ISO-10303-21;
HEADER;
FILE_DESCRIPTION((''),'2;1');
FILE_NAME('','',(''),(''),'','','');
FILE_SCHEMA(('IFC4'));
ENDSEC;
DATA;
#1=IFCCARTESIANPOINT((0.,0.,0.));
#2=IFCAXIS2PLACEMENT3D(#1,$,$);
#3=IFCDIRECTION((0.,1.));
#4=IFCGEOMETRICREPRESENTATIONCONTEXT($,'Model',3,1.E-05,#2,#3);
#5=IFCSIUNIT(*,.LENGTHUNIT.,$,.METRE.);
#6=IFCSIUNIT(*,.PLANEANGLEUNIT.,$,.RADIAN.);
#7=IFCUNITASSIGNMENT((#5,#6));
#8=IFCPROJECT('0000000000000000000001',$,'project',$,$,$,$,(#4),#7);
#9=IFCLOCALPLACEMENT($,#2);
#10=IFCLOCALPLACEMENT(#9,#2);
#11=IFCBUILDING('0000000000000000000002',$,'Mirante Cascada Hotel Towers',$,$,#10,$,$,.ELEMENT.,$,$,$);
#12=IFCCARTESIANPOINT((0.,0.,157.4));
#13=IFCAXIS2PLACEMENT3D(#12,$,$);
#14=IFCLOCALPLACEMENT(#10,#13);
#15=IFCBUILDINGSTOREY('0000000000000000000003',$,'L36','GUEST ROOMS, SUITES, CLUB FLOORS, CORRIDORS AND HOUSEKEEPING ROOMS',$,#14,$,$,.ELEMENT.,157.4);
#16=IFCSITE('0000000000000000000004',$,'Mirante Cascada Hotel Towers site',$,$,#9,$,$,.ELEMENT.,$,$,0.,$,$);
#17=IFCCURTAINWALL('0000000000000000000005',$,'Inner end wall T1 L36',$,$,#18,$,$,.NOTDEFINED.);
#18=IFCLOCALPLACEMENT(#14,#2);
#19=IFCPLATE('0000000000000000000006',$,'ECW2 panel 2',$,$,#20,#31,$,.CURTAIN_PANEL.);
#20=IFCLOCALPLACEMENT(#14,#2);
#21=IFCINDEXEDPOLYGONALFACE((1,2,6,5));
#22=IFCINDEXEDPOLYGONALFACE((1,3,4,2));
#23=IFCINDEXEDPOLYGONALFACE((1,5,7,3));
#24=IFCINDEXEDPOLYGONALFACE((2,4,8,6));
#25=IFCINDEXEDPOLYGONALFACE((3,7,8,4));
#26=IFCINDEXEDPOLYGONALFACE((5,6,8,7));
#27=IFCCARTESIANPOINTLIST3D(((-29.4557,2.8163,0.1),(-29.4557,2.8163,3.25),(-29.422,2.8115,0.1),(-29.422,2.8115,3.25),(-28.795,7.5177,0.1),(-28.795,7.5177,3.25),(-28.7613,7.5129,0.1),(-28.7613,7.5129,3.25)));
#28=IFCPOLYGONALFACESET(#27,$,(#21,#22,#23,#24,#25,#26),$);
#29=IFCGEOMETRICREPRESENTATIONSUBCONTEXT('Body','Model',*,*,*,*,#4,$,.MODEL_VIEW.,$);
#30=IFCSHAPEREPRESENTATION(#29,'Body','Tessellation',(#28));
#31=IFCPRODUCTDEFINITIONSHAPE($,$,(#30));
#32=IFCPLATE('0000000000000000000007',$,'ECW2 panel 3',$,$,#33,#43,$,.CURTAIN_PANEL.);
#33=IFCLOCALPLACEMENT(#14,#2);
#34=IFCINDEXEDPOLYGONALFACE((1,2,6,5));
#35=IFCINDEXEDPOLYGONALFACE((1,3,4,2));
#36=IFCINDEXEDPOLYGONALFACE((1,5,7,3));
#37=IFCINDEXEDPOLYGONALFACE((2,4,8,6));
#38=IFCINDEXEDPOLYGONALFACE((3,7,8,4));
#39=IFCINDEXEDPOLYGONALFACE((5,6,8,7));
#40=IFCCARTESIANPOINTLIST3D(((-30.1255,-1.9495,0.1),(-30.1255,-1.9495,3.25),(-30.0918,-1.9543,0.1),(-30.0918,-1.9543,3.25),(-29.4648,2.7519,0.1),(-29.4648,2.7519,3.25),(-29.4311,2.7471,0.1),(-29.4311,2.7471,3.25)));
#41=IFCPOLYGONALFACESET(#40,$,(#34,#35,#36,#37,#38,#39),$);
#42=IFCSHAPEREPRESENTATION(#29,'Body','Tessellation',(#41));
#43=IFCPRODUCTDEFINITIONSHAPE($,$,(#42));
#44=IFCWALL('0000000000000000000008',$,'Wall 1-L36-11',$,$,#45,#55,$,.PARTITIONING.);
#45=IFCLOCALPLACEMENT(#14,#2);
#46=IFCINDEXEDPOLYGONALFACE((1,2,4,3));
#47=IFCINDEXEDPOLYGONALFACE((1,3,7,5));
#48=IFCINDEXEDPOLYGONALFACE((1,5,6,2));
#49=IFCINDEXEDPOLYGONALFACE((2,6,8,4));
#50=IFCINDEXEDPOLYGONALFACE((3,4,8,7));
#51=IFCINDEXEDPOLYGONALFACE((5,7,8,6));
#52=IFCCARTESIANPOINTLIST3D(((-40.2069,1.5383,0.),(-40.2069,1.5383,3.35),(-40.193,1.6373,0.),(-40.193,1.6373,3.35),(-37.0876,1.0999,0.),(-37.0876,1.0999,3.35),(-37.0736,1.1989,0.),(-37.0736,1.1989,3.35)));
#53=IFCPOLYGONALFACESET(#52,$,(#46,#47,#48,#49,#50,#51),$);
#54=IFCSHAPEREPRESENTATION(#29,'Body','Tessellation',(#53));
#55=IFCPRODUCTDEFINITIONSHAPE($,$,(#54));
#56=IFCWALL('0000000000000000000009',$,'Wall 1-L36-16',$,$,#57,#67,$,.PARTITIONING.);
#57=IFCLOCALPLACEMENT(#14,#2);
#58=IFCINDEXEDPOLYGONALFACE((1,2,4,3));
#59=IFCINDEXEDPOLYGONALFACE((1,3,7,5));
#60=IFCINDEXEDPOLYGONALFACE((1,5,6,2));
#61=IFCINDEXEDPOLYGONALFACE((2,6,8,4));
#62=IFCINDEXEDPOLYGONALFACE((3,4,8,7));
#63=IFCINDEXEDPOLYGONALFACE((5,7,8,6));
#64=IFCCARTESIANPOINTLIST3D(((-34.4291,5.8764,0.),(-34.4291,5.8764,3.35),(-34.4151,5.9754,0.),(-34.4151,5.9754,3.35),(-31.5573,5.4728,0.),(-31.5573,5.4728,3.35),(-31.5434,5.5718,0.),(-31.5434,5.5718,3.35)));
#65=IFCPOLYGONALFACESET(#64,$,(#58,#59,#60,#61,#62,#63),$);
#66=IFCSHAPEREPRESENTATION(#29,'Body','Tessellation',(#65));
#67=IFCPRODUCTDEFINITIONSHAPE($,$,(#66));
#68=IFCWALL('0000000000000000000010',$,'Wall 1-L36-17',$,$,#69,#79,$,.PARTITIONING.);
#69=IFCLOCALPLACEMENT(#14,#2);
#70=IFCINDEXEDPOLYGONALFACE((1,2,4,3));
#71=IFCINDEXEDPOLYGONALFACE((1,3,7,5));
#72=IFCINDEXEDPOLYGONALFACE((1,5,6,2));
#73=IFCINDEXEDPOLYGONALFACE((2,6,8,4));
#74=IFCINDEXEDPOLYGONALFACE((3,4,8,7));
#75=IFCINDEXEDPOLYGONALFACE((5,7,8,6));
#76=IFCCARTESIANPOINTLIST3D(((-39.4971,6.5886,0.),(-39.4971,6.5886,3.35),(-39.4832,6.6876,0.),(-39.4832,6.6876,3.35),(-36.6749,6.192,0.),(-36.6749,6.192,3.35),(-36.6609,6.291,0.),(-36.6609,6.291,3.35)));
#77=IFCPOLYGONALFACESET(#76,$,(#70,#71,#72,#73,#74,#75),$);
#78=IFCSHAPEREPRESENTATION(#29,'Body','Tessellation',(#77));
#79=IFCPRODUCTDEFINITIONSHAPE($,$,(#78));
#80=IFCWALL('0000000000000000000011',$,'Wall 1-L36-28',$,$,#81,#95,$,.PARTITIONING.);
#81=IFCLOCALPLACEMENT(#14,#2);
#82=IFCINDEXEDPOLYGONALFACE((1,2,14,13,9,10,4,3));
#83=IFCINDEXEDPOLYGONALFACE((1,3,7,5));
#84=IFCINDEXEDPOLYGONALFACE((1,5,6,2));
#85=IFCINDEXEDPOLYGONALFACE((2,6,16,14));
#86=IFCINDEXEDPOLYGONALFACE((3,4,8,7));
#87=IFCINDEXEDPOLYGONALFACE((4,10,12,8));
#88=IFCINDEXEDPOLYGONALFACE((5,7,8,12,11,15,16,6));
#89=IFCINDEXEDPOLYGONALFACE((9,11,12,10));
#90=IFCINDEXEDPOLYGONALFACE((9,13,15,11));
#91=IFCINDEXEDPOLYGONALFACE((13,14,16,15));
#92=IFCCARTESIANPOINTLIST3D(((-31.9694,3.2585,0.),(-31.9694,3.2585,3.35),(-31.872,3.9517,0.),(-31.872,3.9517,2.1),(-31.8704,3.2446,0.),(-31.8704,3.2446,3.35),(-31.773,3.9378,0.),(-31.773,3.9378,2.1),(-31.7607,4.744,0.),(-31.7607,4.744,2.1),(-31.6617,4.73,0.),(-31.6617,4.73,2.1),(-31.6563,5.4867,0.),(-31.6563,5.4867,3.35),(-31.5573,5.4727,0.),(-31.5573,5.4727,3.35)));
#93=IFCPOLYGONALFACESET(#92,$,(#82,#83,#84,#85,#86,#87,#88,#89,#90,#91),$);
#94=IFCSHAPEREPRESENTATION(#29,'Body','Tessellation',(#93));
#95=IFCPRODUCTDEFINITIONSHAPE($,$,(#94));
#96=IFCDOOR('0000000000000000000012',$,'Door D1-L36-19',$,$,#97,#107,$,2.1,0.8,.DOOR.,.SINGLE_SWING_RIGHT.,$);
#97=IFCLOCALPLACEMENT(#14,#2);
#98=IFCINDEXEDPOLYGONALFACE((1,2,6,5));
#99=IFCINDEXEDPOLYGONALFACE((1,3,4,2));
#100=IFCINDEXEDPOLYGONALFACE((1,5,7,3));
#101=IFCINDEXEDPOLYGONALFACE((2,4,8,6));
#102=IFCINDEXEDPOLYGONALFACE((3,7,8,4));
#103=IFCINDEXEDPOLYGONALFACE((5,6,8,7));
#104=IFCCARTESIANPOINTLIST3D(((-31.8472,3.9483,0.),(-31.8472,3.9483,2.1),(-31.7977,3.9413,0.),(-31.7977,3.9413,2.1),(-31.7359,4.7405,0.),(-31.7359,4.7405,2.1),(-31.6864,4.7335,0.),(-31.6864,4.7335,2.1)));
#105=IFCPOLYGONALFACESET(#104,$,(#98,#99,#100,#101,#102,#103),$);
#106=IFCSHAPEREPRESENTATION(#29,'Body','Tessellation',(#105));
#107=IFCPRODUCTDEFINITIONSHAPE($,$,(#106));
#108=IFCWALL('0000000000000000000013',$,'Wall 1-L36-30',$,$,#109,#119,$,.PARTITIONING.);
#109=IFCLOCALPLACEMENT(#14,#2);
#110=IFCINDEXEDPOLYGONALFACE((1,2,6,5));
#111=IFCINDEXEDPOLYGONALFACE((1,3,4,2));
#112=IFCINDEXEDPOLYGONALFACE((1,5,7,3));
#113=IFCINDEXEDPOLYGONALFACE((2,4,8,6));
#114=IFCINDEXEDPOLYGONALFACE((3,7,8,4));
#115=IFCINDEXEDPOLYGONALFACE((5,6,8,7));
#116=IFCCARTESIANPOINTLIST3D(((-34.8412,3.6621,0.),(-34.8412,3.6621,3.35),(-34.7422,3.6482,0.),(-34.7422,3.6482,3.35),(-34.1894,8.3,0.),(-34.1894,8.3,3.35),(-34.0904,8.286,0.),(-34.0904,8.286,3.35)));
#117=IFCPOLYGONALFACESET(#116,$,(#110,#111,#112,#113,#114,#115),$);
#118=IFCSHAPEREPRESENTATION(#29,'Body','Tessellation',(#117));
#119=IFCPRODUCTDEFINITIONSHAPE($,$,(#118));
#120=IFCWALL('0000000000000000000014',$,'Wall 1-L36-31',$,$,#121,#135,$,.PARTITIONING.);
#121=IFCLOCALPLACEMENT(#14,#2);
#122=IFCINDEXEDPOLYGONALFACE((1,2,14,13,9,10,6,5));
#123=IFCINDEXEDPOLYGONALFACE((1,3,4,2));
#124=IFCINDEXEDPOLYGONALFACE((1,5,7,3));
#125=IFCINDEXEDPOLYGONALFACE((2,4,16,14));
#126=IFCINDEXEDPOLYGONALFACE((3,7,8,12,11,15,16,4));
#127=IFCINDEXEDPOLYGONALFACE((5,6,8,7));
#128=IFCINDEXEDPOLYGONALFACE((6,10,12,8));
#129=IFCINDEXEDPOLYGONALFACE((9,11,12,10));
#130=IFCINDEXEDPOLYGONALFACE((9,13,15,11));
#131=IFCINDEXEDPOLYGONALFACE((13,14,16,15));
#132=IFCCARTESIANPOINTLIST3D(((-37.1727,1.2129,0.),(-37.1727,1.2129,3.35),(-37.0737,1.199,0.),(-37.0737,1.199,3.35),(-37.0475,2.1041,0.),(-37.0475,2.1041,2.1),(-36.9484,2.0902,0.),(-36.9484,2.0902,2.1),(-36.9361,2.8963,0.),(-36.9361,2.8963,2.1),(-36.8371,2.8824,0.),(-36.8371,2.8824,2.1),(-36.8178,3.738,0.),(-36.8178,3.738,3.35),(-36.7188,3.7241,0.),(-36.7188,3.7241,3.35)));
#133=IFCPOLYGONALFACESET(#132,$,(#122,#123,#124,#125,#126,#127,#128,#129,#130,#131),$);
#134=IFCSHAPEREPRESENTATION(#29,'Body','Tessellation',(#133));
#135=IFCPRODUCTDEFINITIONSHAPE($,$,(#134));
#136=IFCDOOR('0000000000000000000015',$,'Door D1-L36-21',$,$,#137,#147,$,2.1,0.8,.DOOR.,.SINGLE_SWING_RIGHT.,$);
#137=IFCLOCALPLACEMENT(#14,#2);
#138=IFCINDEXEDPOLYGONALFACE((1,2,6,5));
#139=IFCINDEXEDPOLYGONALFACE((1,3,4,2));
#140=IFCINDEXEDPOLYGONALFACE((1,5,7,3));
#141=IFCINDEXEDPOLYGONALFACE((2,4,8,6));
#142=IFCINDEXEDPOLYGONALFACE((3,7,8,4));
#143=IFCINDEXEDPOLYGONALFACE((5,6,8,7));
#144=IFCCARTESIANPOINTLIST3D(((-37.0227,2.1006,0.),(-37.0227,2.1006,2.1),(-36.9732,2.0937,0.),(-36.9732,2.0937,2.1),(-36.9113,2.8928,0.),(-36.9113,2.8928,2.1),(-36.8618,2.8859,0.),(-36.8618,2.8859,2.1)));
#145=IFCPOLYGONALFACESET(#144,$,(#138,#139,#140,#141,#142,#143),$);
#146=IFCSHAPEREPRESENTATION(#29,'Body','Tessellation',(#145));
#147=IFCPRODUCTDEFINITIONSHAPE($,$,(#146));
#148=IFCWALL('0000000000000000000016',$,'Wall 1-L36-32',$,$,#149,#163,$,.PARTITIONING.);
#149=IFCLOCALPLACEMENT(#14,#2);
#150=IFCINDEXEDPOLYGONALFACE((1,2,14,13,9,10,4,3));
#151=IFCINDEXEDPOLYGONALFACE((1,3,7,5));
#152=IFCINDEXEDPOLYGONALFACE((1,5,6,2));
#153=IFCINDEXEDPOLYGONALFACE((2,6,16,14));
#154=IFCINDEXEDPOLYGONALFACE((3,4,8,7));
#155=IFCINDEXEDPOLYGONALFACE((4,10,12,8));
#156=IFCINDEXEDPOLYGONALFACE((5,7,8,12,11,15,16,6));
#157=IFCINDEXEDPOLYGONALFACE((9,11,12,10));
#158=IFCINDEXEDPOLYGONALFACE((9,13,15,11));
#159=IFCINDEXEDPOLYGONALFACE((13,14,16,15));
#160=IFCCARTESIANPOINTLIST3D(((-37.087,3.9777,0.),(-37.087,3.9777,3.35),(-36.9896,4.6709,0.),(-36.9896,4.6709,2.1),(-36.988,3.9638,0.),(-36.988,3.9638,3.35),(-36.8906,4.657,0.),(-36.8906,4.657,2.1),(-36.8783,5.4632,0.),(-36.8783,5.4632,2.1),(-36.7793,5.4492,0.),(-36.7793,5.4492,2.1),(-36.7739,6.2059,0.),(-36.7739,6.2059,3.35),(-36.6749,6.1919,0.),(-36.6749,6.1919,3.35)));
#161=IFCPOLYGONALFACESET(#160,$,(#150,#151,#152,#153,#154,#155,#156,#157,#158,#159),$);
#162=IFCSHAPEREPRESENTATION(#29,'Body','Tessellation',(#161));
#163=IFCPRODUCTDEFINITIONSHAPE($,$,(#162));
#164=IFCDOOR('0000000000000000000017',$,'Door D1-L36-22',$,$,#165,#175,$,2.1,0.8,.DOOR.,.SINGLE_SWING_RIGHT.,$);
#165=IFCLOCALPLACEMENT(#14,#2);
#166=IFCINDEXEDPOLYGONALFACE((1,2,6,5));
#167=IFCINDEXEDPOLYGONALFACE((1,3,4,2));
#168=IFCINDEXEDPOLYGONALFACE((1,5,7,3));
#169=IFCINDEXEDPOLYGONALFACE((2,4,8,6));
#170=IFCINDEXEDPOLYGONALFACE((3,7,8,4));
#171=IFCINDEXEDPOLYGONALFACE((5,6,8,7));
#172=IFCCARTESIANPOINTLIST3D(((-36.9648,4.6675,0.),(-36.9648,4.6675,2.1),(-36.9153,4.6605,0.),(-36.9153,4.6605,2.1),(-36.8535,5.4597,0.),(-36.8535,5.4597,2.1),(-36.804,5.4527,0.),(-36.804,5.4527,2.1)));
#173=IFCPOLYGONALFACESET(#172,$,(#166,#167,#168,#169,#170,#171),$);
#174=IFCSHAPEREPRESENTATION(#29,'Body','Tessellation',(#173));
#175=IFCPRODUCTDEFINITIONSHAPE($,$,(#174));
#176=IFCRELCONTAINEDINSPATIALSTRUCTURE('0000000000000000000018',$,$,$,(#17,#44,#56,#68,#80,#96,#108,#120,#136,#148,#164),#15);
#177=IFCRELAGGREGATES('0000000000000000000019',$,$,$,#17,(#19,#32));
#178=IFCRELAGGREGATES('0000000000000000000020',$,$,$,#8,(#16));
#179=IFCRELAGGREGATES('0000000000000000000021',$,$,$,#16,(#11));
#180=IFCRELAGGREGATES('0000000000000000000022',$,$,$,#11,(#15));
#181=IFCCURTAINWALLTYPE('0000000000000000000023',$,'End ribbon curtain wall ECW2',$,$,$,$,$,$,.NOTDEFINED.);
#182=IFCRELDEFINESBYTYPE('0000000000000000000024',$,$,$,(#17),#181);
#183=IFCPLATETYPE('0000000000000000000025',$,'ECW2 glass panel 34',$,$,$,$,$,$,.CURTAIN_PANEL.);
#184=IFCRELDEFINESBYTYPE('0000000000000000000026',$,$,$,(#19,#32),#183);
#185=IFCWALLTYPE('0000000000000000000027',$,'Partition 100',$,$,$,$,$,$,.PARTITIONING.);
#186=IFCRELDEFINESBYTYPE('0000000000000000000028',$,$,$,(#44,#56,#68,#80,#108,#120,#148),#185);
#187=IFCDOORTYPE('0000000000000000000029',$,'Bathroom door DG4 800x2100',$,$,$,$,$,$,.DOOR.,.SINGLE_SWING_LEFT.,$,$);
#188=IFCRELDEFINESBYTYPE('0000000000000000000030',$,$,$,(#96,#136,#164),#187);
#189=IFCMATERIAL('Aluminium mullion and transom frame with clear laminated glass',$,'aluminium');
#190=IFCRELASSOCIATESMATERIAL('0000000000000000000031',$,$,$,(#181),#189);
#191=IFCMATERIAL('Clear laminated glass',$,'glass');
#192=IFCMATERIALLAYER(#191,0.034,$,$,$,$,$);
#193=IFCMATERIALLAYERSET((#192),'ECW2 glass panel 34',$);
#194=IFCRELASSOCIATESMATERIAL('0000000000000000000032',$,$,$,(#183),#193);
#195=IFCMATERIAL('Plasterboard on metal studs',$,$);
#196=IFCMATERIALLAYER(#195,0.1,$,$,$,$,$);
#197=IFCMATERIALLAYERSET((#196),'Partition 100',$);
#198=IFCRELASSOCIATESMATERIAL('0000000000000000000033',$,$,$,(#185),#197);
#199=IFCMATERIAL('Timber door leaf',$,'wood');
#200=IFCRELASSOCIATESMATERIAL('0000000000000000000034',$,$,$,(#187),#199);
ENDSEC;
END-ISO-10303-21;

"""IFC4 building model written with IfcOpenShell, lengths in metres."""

from ifc_helpers import new_model, si_unit, direction, frame, frame_2d, origin, origin_2d, place, context, subcontext, project, spatial, rectangle, extrude, material, layer, layer_set, type_object, element, fill, aggregate, save


model = new_model("IFC4")

# Units and contexts
model_context = context("Model", 3, precision=1e-05, world=origin(), true_north=direction((0.0, 1.0)))
body_context = subcontext(model_context, "Body", "Model", "MODEL_VIEW")
ifc_project = project(units=[si_unit("LENGTHUNIT", "METRE"), si_unit("PLANEANGLEUNIT", "RADIAN")], contexts=[model_context])

# Site, building, storey
site_placement = place(None, origin())
site = spatial("IfcSite", under=ifc_project, at=site_placement, Name="Mirante Cascada Hotel Towers site", CompositionType="ELEMENT", RefElevation=0.0)
building_placement = place(site_placement, origin())
building = spatial("IfcBuilding", under=site, at=building_placement, Name="Mirante Cascada Hotel Towers", CompositionType="ELEMENT")
storey_placement = place(building_placement, frame((0.0, 0.0, 157.4)))
storey = spatial("IfcBuildingStorey", under=building, at=storey_placement, Name="L36", Description="GUEST ROOMS, SUITES, CLUB FLOORS, CORRIDORS AND HOUSEKEEPING ROOMS", CompositionType="ELEMENT", Elevation=157.4)

# Curtain wall
ifc_material_1 = material(Name="Aluminium mullion and transom frame with clear laminated glass", Category="aluminium")
curtain_wall_type_1 = type_object("IfcCurtainWallType", Name="End ribbon curtain wall ECW2", PredefinedType="NOTDEFINED", material=ifc_material_1)
curtain_wall_1_placement = place(storey_placement, origin())
curtain_wall_1 = element("IfcCurtainWall", 1, at=curtain_wall_1_placement, inside=storey, type_object=curtain_wall_type_1, Name="Inner end wall T1 L36", PredefinedType="NOTDEFINED")

# Plates
ifc_material_2 = material(Name="Clear laminated glass", Category="glass")
ifc_layer_1 = layer(ifc_material_2, 0.034)
ifc_layer_set_1 = layer_set([ifc_layer_1], Name="ECW2 glass panel 34")
plate_type_1 = type_object("IfcPlateType", Name="ECW2 glass panel 34", PredefinedType="CURTAIN_PANEL", material=ifc_layer_set_1)
plate_1_placement = place(storey_placement, frame((-29.1085, 5.1646, 0.1), z_axis=(0.0, 0.0, 1.0), x_axis=(-0.139173, -0.990268, 0.0)))
plate_1 = element("IfcPlate", 2, at=plate_1_placement, type_object=plate_type_1, Name="ECW2 panel 2", PredefinedType="CURTAIN_PANEL", context=body_context, shape_type="SweptSolid", body=[
    extrude(rectangle(XDim=4.7476, YDim=0.034, at=origin_2d()), origin(), (0.0, 0.0, 1.0), 3.15),
])
plate_2_placement = place(storey_placement, frame((-29.7783, 0.3988, 0.1), z_axis=(0.0, 0.0, 1.0), x_axis=(-0.139173, -0.990268, 0.0)))
plate_2 = element("IfcPlate", 3, at=plate_2_placement, type_object=plate_type_1, Name="ECW2 panel 3", PredefinedType="CURTAIN_PANEL", context=body_context, shape_type="SweptSolid", body=[
    extrude(rectangle(XDim=4.7476, YDim=0.034, at=origin_2d()), origin(), (0.0, 0.0, 1.0), 3.15),
])
aggregate(curtain_wall_1, [plate_1, plate_2])

# Walls
ifc_material_3 = material(Name="Plasterboard on metal studs")
ifc_layer_2 = layer(ifc_material_3, 0.1)
ifc_layer_set_2 = layer_set([ifc_layer_2], Name="Partition 100")
wall_type_1 = type_object("IfcWallType", Name="Partition 100", PredefinedType="PARTITIONING", material=ifc_layer_set_2)
wall_1_placement = place(storey_placement, frame((-37.0806, 1.1494, 0.0), z_axis=(0.0, 0.0, 1.0), x_axis=(-0.990268, 0.139177, 0.0)))
element("IfcWall", 4, at=wall_1_placement, inside=storey, type_object=wall_type_1, Name="Wall 1-L36-11", PredefinedType="PARTITIONING", context=body_context, shape_type="SweptSolid", body=[
    extrude(rectangle(XDim=3.15, YDim=0.1, at=frame_2d((1.575, 0.0))), origin(), (0.0, 0.0, 1.0), 3.35),
])
wall_2_placement = place(storey_placement, frame((-34.4221, 5.9259, 0.0), z_axis=(0.0, 0.0, 1.0), x_axis=(0.990268, -0.139171, 0.0)))
element("IfcWall", 5, at=wall_2_placement, inside=storey, type_object=wall_type_1, Name="Wall 1-L36-16", PredefinedType="PARTITIONING", context=body_context, shape_type="SweptSolid", body=[
    extrude(rectangle(XDim=2.9, YDim=0.1, at=frame_2d((1.45, 0.0))), origin(), (0.0, 0.0, 1.0), 3.35),
])
wall_3_placement = place(storey_placement, frame((-36.6679, 6.2415, 0.0), z_axis=(0.0, 0.0, 1.0), x_axis=(-0.99027, 0.139156, 0.0)))
element("IfcWall", 6, at=wall_3_placement, inside=storey, type_object=wall_type_1, Name="Wall 1-L36-17", PredefinedType="PARTITIONING", context=body_context, shape_type="SweptSolid", body=[
    extrude(rectangle(XDim=2.85, YDim=0.1, at=frame_2d((1.425, 0.0))), origin(), (0.0, 0.0, 1.0), 3.35),
])

# Wall, opening, door
wall_4_placement = place(storey_placement, frame((-31.6068, 5.4797, 0.0), z_axis=(0.0, 0.0, 1.0), x_axis=(-0.139156, -0.990271, 0.0)))
wall_4 = element("IfcWall", 7, at=wall_4_placement, inside=storey, type_object=wall_type_1, Name="Wall 1-L36-28", PredefinedType="PARTITIONING", context=body_context, shape_type="SweptSolid", body=[
    extrude(rectangle(XDim=2.25, YDim=0.1, at=frame_2d((1.125, 0.0))), origin(), (0.0, 0.0, 1.0), 3.35),
])
opening_1_placement = place(wall_4_placement, frame((0.75, 0.0, 0.0)))
opening_1 = element("IfcOpeningElement", 8, at=opening_1_placement, cuts=wall_4, PredefinedType="OPENING", context=body_context, shape_type="SweptSolid", body=[
    extrude(rectangle(XDim=0.8, YDim=2.1, at=frame_2d((0.4, 1.05))), frame((0.0, 0.05, 0.0), z_axis=(0.0, -1.0, 0.0), x_axis=(1.0, 0.0, 0.0)), (0.0, 0.0, 1.0), 0.1),
])
ifc_material_4 = material(Name="Timber door leaf", Category="wood")
door_type = type_object("IfcDoorType", Name="Bathroom door DG4 800x2100", OperationType="SINGLE_SWING_LEFT", PredefinedType="DOOR", material=ifc_material_4)
door_1_placement = place(opening_1_placement, frame((0.8, 0.0, 0.0), z_axis=(0.0, 0.0, 1.0), x_axis=(-1.0, 0.0, 0.0)))
door_1 = element("IfcDoor", 9, at=door_1_placement, inside=storey, type_object=door_type, Name="Door D1-L36-19", OperationType="SINGLE_SWING_RIGHT", OverallHeight=2.1, OverallWidth=0.8, PredefinedType="DOOR", context=body_context, shape_type="SweptSolid", body=[
    extrude(rectangle(XDim=0.8, YDim=2.1, at=frame_2d((0.4, 1.05))), frame((0.0, 0.025, 0.0), z_axis=(0.0, -1.0, 0.0), x_axis=(1.0, 0.0, 0.0)), (0.0, 0.0, 1.0), 0.05),
])
fill(opening_1, door_1)

# Wall
wall_5_placement = place(storey_placement, frame((-34.1399, 8.293, 0.0), z_axis=(0.0, 0.0, 1.0), x_axis=(-0.139173, -0.990268, 0.0)))
element("IfcWall", 10, at=wall_5_placement, inside=storey, type_object=wall_type_1, Name="Wall 1-L36-30", PredefinedType="PARTITIONING", context=body_context, shape_type="SweptSolid", body=[
    extrude(rectangle(XDim=4.6834, YDim=0.1, at=frame_2d((2.3417, 0.0))), origin(), (0.0, 0.0, 1.0), 3.35),
])

# Walls, openings, doors
wall_6_placement = place(storey_placement, frame((-37.1232, 1.2059, 0.0), z_axis=(0.0, 0.0, 1.0), x_axis=(0.139181, 0.990267, 0.0)))
wall_6 = element("IfcWall", 11, at=wall_6_placement, inside=storey, type_object=wall_type_1, Name="Wall 1-L36-31", PredefinedType="PARTITIONING", context=body_context, shape_type="SweptSolid", body=[
    extrude(rectangle(XDim=2.5499, YDim=0.1, at=frame_2d((1.275, 0.0))), origin(), (0.0, 0.0, 1.0), 3.35),
])
opening_2_placement = place(wall_6_placement, frame((0.9, 0.0, 0.0)))
opening_2 = element("IfcOpeningElement", 12, at=opening_2_placement, cuts=wall_6, PredefinedType="OPENING", context=body_context, shape_type="SweptSolid", body=[
    extrude(rectangle(XDim=0.8, YDim=2.1, at=frame_2d((0.4, 1.05))), frame((0.0, 0.05, 0.0), z_axis=(0.0, -1.0, 0.0), x_axis=(1.0, 0.0, 0.0)), (0.0, 0.0, 1.0), 0.1),
])
door_2_placement = place(opening_2_placement, frame((0.8, 0.0, 0.0), z_axis=(0.0, 0.0, 1.0), x_axis=(-1.0, 0.0, 0.0)))
door_2 = element("IfcDoor", 13, at=door_2_placement, inside=storey, type_object=door_type, Name="Door D1-L36-21", OperationType="SINGLE_SWING_RIGHT", OverallHeight=2.1, OverallWidth=0.8, PredefinedType="DOOR", context=body_context, shape_type="SweptSolid", body=[
    extrude(rectangle(XDim=0.8, YDim=2.1, at=frame_2d((0.4, 1.05))), frame((0.0, 0.025, 0.0), z_axis=(0.0, -1.0, 0.0), x_axis=(1.0, 0.0, 0.0)), (0.0, 0.0, 1.0), 0.05),
])
fill(opening_2, door_2)
wall_7_placement = place(storey_placement, frame((-36.7244, 6.1989, 0.0), z_axis=(0.0, 0.0, 1.0), x_axis=(-0.139156, -0.990271, 0.0)))
wall_7 = element("IfcWall", 14, at=wall_7_placement, inside=storey, type_object=wall_type_1, Name="Wall 1-L36-32", PredefinedType="PARTITIONING", context=body_context, shape_type="SweptSolid", body=[
    extrude(rectangle(XDim=2.25, YDim=0.1, at=frame_2d((1.125, 0.0))), origin(), (0.0, 0.0, 1.0), 3.35),
])
opening_3_placement = place(wall_7_placement, frame((0.75, 0.0, 0.0)))
opening_3 = element("IfcOpeningElement", 15, at=opening_3_placement, cuts=wall_7, PredefinedType="OPENING", context=body_context, shape_type="SweptSolid", body=[
    extrude(rectangle(XDim=0.8, YDim=2.1, at=frame_2d((0.4, 1.05))), frame((0.0, 0.05, 0.0), z_axis=(0.0, -1.0, 0.0), x_axis=(1.0, 0.0, 0.0)), (0.0, 0.0, 1.0), 0.1),
])
door_3_placement = place(opening_3_placement, frame((0.8, 0.0, 0.0), z_axis=(0.0, 0.0, 1.0), x_axis=(-1.0, 0.0, 0.0)))
door_3 = element("IfcDoor", 16, at=door_3_placement, inside=storey, type_object=door_type, Name="Door D1-L36-22", OperationType="SINGLE_SWING_RIGHT", OverallHeight=2.1, OverallWidth=0.8, PredefinedType="DOOR", context=body_context, shape_type="SweptSolid", body=[
    extrude(rectangle(XDim=0.8, YDim=2.1, at=frame_2d((0.4, 1.05))), frame((0.0, 0.025, 0.0), z_axis=(0.0, -1.0, 0.0), x_axis=(1.0, 0.0, 0.0)), (0.0, 0.0, 1.0), 0.05),
])
fill(opening_3, door_3)

save(model, "model.ifc")
